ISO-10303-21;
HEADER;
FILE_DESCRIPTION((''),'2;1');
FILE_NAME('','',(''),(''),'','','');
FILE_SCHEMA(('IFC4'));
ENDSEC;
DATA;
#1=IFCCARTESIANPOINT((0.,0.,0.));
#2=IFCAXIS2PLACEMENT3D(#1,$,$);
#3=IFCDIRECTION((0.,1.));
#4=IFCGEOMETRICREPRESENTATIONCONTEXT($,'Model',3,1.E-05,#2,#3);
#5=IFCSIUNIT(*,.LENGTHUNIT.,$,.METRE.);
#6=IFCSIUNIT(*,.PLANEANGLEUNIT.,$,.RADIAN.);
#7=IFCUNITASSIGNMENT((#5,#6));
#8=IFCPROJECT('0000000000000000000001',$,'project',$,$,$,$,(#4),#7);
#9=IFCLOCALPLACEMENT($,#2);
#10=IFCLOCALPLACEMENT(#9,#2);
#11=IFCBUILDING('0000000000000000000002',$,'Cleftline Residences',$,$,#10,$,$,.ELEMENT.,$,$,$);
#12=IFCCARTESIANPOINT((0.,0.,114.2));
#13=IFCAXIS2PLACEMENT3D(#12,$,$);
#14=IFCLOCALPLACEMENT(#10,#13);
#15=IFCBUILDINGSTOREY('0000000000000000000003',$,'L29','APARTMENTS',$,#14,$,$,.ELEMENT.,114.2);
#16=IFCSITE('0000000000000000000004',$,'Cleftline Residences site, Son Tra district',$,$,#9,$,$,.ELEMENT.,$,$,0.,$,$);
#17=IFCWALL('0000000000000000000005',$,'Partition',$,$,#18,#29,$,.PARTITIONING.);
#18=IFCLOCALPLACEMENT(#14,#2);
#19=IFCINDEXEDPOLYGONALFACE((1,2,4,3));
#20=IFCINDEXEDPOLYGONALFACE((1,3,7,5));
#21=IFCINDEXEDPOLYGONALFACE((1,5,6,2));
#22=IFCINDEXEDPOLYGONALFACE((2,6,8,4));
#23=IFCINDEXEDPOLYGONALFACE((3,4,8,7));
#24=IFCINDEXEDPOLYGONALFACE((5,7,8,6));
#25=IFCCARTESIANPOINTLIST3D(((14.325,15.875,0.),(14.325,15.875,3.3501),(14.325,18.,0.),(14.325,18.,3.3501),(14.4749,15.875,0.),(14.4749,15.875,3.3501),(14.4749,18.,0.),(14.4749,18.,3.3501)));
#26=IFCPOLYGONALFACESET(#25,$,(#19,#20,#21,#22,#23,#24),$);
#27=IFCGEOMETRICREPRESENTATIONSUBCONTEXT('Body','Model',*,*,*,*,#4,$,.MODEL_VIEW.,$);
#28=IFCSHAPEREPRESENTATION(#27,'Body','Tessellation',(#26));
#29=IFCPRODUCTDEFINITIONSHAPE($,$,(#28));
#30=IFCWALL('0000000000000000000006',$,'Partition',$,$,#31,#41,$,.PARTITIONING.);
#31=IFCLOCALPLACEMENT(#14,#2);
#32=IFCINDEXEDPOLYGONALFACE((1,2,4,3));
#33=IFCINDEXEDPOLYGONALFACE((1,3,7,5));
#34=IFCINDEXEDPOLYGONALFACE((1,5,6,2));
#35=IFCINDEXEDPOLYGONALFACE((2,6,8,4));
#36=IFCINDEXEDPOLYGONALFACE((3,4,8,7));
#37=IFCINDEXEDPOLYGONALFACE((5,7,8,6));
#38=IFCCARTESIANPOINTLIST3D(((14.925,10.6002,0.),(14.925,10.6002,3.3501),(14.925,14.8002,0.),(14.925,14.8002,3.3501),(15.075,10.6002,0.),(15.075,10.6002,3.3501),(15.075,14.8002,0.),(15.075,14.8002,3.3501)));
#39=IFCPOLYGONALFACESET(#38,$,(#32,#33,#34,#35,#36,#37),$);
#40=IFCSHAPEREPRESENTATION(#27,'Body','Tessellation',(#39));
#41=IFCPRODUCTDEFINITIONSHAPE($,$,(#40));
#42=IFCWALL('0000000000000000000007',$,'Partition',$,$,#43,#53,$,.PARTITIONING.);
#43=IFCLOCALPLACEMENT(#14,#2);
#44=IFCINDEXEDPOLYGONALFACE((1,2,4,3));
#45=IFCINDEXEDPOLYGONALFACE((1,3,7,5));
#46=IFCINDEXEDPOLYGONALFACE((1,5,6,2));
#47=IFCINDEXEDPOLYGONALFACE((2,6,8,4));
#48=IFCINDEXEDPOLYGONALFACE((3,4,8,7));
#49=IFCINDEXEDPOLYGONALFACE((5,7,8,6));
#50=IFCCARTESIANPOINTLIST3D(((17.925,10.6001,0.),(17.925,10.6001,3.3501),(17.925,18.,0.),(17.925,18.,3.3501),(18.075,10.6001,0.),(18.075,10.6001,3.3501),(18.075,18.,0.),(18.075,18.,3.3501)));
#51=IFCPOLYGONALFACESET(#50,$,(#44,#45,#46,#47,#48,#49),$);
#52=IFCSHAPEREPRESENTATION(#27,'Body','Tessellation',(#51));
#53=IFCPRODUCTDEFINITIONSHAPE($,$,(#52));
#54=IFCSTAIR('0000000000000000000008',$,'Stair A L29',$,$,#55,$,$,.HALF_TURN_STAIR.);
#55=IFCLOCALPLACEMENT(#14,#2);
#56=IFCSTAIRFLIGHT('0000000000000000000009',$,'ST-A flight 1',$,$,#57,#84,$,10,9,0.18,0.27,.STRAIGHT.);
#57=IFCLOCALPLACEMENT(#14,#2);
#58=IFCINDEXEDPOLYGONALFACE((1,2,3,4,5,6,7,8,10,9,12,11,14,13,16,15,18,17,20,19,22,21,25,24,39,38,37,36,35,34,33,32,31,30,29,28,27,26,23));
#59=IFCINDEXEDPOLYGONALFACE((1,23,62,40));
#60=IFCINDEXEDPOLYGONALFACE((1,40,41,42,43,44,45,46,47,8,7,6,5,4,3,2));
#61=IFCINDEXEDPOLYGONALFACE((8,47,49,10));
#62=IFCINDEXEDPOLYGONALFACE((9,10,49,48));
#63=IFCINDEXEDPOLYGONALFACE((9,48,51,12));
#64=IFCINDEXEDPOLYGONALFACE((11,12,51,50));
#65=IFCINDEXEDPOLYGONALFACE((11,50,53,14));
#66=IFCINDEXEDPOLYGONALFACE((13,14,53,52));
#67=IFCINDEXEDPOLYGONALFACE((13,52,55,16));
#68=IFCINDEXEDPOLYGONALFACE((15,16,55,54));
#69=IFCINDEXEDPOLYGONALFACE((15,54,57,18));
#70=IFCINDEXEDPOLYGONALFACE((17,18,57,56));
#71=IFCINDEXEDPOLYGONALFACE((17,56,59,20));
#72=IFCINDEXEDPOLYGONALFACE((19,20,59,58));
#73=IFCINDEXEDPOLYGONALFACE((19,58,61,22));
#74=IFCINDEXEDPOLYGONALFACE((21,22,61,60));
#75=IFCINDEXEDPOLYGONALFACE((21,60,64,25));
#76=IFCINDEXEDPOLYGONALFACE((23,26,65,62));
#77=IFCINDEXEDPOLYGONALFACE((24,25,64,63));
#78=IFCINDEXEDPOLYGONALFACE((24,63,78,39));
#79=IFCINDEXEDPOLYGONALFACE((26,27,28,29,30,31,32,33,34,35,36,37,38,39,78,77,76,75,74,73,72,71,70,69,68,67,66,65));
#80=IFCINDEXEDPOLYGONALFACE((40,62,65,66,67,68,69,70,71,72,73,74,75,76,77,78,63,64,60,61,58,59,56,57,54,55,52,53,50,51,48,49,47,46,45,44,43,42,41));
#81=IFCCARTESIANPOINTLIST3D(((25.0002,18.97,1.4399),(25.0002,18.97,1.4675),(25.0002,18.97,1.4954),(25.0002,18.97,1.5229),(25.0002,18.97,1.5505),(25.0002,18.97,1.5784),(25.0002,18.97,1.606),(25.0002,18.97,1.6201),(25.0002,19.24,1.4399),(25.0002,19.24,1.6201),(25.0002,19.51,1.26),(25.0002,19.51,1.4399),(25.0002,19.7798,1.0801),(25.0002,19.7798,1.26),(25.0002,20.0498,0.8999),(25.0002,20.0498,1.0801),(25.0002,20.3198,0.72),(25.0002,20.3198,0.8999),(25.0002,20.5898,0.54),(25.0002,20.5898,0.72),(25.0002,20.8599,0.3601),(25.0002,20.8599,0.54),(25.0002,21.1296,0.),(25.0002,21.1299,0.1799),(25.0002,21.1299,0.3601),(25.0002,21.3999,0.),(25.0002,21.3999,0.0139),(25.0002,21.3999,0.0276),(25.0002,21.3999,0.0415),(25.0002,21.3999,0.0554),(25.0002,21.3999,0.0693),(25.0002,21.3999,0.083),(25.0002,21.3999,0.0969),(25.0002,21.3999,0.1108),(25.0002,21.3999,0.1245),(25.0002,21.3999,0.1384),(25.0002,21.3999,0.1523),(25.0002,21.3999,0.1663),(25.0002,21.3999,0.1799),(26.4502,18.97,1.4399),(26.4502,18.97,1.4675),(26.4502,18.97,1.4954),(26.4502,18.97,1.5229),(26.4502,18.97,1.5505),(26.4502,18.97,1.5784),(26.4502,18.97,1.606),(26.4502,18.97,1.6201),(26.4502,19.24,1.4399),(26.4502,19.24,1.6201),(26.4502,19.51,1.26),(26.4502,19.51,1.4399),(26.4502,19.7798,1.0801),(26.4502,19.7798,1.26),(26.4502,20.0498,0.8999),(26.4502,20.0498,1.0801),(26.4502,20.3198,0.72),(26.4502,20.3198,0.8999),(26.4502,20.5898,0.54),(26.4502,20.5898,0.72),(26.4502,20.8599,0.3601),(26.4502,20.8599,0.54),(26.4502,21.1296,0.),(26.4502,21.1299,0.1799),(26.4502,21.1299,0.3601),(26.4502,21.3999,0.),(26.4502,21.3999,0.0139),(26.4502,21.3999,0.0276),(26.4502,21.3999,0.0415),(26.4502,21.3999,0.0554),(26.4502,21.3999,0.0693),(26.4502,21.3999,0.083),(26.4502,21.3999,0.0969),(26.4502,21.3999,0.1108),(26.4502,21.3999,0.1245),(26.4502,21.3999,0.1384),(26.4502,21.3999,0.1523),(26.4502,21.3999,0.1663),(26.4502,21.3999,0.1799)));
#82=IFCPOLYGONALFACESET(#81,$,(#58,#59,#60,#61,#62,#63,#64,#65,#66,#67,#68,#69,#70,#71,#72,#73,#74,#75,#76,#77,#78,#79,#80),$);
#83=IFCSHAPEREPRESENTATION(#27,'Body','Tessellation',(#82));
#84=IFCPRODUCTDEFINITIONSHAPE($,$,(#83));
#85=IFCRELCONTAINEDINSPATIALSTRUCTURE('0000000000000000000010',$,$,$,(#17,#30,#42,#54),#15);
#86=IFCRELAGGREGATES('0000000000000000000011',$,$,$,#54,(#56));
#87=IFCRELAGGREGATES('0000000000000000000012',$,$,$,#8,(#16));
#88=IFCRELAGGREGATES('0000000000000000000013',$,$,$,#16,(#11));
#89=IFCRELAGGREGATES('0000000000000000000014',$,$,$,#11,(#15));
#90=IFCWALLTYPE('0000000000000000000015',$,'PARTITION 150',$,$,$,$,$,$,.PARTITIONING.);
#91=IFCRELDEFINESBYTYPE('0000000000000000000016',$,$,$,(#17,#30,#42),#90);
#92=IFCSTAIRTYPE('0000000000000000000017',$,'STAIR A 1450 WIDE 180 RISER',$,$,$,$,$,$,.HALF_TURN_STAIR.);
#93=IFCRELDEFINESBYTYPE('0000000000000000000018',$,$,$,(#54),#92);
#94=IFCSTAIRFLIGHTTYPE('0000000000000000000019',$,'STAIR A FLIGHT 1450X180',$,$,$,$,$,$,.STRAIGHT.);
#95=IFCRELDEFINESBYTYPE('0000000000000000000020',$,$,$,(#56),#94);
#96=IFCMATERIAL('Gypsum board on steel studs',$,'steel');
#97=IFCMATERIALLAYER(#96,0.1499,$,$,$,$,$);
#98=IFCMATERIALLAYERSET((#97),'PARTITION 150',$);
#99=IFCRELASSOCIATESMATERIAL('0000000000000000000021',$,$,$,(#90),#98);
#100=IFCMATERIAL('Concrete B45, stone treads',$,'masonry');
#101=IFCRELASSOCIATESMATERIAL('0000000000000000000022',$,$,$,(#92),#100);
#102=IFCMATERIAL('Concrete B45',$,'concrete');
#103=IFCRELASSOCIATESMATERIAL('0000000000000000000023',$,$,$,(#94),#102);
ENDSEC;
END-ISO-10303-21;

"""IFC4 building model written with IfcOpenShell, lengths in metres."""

from ifc_helpers import new_model, si_unit, direction, frame, frame_2d, origin, place, context, subcontext, project, spatial, polyline, rectangle, outline, extrude, material, layer, layer_set, type_object, element, aggregate, save


model = new_model("IFC4")

# Units and contexts
model_context = context("Model", 3, precision=1e-05, world=origin(), true_north=direction((0.0, 1.0)))
body_context = subcontext(model_context, "Body", "Model", "MODEL_VIEW")
ifc_project = project(units=[si_unit("LENGTHUNIT", "METRE"), si_unit("PLANEANGLEUNIT", "RADIAN")], contexts=[model_context])

# Site, building, storey
site_placement = place(None, origin())
site = spatial("IfcSite", under=ifc_project, at=site_placement, Name="Cleftline Residences site, Son Tra district", CompositionType="ELEMENT", RefElevation=0.0)
building_placement = place(site_placement, origin())
building = spatial("IfcBuilding", under=site, at=building_placement, Name="Cleftline Residences", CompositionType="ELEMENT")
storey_placement = place(building_placement, frame((0.0, 0.0, 114.2)))
storey = spatial("IfcBuildingStorey", under=building, at=storey_placement, Name="L29", Description="APARTMENTS", CompositionType="ELEMENT", Elevation=114.2)

# Shared definitions
ifc_material_1 = material(Name="Gypsum board on steel studs", Category="steel")
ifc_layer_1 = layer(ifc_material_1, 0.1499)
ifc_layer_set_1 = layer_set([ifc_layer_1], Name="PARTITION 150")
wall_type_1 = type_object("IfcWallType", Name="PARTITION 150", PredefinedType="PARTITIONING", material=ifc_layer_set_1)

# Walls
wall_1_placement = place(storey_placement, frame((14.3999, 15.875, 0.0), z_axis=(0.0, 0.0, 1.0), x_axis=(0.0, 1.0, 0.0)))
element("IfcWall", 1, at=wall_1_placement, inside=storey, type_object=wall_type_1, Name="Partition", PredefinedType="PARTITIONING", context=body_context, shape_type="SweptSolid", body=[
    extrude(rectangle(XDim=2.125, YDim=0.1499, at=frame_2d((1.0625, 0.0))), origin(), (0.0, 0.0, 1.0), 3.3501),
])
wall_2_placement = place(storey_placement, frame((15.0, 10.6001, 0.0), z_axis=(0.0, 0.0, 1.0), x_axis=(0.0, 1.0, 0.0)))
element("IfcWall", 2, at=wall_2_placement, inside=storey, type_object=wall_type_1, Name="Partition", PredefinedType="PARTITIONING", context=body_context, shape_type="SweptSolid", body=[
    extrude(rectangle(XDim=4.2, YDim=0.1499, at=frame_2d((2.1001, 0.0))), origin(), (0.0, 0.0, 1.0), 3.3501),
])
wall_3_placement = place(storey_placement, frame((18.0, 10.6001, 0.0), z_axis=(0.0, 0.0, 1.0), x_axis=(0.0, 1.0, 0.0)))
element("IfcWall", 3, at=wall_3_placement, inside=storey, type_object=wall_type_1, Name="Partition", PredefinedType="PARTITIONING", context=body_context, shape_type="SweptSolid", body=[
    extrude(rectangle(XDim=7.3999, YDim=0.1499, at=frame_2d((3.7, 0.0))), origin(), (0.0, 0.0, 1.0), 3.3501),
])

# Stair, stair flight
ifc_material_2 = material(Name="Concrete B45, stone treads", Category="masonry")
stair_type = type_object("IfcStairType", Name="STAIR A 1450 WIDE 180 RISER", PredefinedType="HALF_TURN_STAIR", material=ifc_material_2)
stair_placement = place(storey_placement, origin())
stair = element("IfcStair", 4, at=stair_placement, inside=storey, type_object=stair_type, Name="Stair A L29", PredefinedType="HALF_TURN_STAIR")
ifc_material_3 = material(Name="Concrete B45", Category="concrete")
stair_flight_type = type_object("IfcStairFlightType", Name="STAIR A FLIGHT 1450X180", PredefinedType="STRAIGHT", material=ifc_material_3)
stair_flight_placement = place(storey_placement, frame((25.7251, 21.3999, 0.0), z_axis=(0.0, 0.0, 1.0), x_axis=(0.0, -1.0, 0.0)))
stair_flight = element("IfcStairFlight", 5, at=stair_flight_placement, type_object=stair_flight_type, Name="ST-A flight 1", NumberOfRisers=10, NumberOfTreads=9, PredefinedType="STRAIGHT", RiserHeight=0.18, TreadLength=0.27, context=body_context, shape_type="SweptSolid", body=[
    extrude(outline(polyline([(0.0, 0.0), (0.0, 0.0139), (0.0, 0.0276), (0.0, 0.0415), (0.0, 0.0554), (0.0, 0.0693), (0.0, 0.083), (0.0, 0.0969), (0.0, 0.1108), (0.0, 0.1245), (0.0, 0.1384), (0.0, 0.1523), (0.0, 0.1663), (0.0, 0.1799), (0.27, 0.1799), (0.27, 0.3601), (0.54, 0.3601), (0.54, 0.54), (0.8101, 0.54), (0.8101, 0.72), (1.0801, 0.72), (1.0801, 0.8999), (1.3501, 0.8999), (1.3501, 1.0801), (1.6201, 1.0801), (1.6201, 1.26), (1.8899, 1.26), (1.8899, 1.4399), (2.1599, 1.4399), (2.1599, 1.6201), (2.4299, 1.6201), (2.4299, 1.8), (2.4299, 1.7722), (2.4299, 1.7446), (2.4299, 1.7168), (2.4299, 1.6892), (2.4299, 1.6614), (2.4299, 1.6338), (2.4299, 1.606), (2.4299, 1.5784), (2.4299, 1.5505), (2.4299, 1.5229), (2.4299, 1.4954), (2.4299, 1.4675), (2.4299, 1.4399), (0.2703, 0.0), (0.0, 0.0)])), frame((0.0, 0.7251, 0.0), z_axis=(0.0, -1.0, 0.0), x_axis=(1.0, 0.0, 0.0)), (0.0, 0.0, 1.0), 1.45),
])
aggregate(stair, [stair_flight])

save(model, "model.ifc")
